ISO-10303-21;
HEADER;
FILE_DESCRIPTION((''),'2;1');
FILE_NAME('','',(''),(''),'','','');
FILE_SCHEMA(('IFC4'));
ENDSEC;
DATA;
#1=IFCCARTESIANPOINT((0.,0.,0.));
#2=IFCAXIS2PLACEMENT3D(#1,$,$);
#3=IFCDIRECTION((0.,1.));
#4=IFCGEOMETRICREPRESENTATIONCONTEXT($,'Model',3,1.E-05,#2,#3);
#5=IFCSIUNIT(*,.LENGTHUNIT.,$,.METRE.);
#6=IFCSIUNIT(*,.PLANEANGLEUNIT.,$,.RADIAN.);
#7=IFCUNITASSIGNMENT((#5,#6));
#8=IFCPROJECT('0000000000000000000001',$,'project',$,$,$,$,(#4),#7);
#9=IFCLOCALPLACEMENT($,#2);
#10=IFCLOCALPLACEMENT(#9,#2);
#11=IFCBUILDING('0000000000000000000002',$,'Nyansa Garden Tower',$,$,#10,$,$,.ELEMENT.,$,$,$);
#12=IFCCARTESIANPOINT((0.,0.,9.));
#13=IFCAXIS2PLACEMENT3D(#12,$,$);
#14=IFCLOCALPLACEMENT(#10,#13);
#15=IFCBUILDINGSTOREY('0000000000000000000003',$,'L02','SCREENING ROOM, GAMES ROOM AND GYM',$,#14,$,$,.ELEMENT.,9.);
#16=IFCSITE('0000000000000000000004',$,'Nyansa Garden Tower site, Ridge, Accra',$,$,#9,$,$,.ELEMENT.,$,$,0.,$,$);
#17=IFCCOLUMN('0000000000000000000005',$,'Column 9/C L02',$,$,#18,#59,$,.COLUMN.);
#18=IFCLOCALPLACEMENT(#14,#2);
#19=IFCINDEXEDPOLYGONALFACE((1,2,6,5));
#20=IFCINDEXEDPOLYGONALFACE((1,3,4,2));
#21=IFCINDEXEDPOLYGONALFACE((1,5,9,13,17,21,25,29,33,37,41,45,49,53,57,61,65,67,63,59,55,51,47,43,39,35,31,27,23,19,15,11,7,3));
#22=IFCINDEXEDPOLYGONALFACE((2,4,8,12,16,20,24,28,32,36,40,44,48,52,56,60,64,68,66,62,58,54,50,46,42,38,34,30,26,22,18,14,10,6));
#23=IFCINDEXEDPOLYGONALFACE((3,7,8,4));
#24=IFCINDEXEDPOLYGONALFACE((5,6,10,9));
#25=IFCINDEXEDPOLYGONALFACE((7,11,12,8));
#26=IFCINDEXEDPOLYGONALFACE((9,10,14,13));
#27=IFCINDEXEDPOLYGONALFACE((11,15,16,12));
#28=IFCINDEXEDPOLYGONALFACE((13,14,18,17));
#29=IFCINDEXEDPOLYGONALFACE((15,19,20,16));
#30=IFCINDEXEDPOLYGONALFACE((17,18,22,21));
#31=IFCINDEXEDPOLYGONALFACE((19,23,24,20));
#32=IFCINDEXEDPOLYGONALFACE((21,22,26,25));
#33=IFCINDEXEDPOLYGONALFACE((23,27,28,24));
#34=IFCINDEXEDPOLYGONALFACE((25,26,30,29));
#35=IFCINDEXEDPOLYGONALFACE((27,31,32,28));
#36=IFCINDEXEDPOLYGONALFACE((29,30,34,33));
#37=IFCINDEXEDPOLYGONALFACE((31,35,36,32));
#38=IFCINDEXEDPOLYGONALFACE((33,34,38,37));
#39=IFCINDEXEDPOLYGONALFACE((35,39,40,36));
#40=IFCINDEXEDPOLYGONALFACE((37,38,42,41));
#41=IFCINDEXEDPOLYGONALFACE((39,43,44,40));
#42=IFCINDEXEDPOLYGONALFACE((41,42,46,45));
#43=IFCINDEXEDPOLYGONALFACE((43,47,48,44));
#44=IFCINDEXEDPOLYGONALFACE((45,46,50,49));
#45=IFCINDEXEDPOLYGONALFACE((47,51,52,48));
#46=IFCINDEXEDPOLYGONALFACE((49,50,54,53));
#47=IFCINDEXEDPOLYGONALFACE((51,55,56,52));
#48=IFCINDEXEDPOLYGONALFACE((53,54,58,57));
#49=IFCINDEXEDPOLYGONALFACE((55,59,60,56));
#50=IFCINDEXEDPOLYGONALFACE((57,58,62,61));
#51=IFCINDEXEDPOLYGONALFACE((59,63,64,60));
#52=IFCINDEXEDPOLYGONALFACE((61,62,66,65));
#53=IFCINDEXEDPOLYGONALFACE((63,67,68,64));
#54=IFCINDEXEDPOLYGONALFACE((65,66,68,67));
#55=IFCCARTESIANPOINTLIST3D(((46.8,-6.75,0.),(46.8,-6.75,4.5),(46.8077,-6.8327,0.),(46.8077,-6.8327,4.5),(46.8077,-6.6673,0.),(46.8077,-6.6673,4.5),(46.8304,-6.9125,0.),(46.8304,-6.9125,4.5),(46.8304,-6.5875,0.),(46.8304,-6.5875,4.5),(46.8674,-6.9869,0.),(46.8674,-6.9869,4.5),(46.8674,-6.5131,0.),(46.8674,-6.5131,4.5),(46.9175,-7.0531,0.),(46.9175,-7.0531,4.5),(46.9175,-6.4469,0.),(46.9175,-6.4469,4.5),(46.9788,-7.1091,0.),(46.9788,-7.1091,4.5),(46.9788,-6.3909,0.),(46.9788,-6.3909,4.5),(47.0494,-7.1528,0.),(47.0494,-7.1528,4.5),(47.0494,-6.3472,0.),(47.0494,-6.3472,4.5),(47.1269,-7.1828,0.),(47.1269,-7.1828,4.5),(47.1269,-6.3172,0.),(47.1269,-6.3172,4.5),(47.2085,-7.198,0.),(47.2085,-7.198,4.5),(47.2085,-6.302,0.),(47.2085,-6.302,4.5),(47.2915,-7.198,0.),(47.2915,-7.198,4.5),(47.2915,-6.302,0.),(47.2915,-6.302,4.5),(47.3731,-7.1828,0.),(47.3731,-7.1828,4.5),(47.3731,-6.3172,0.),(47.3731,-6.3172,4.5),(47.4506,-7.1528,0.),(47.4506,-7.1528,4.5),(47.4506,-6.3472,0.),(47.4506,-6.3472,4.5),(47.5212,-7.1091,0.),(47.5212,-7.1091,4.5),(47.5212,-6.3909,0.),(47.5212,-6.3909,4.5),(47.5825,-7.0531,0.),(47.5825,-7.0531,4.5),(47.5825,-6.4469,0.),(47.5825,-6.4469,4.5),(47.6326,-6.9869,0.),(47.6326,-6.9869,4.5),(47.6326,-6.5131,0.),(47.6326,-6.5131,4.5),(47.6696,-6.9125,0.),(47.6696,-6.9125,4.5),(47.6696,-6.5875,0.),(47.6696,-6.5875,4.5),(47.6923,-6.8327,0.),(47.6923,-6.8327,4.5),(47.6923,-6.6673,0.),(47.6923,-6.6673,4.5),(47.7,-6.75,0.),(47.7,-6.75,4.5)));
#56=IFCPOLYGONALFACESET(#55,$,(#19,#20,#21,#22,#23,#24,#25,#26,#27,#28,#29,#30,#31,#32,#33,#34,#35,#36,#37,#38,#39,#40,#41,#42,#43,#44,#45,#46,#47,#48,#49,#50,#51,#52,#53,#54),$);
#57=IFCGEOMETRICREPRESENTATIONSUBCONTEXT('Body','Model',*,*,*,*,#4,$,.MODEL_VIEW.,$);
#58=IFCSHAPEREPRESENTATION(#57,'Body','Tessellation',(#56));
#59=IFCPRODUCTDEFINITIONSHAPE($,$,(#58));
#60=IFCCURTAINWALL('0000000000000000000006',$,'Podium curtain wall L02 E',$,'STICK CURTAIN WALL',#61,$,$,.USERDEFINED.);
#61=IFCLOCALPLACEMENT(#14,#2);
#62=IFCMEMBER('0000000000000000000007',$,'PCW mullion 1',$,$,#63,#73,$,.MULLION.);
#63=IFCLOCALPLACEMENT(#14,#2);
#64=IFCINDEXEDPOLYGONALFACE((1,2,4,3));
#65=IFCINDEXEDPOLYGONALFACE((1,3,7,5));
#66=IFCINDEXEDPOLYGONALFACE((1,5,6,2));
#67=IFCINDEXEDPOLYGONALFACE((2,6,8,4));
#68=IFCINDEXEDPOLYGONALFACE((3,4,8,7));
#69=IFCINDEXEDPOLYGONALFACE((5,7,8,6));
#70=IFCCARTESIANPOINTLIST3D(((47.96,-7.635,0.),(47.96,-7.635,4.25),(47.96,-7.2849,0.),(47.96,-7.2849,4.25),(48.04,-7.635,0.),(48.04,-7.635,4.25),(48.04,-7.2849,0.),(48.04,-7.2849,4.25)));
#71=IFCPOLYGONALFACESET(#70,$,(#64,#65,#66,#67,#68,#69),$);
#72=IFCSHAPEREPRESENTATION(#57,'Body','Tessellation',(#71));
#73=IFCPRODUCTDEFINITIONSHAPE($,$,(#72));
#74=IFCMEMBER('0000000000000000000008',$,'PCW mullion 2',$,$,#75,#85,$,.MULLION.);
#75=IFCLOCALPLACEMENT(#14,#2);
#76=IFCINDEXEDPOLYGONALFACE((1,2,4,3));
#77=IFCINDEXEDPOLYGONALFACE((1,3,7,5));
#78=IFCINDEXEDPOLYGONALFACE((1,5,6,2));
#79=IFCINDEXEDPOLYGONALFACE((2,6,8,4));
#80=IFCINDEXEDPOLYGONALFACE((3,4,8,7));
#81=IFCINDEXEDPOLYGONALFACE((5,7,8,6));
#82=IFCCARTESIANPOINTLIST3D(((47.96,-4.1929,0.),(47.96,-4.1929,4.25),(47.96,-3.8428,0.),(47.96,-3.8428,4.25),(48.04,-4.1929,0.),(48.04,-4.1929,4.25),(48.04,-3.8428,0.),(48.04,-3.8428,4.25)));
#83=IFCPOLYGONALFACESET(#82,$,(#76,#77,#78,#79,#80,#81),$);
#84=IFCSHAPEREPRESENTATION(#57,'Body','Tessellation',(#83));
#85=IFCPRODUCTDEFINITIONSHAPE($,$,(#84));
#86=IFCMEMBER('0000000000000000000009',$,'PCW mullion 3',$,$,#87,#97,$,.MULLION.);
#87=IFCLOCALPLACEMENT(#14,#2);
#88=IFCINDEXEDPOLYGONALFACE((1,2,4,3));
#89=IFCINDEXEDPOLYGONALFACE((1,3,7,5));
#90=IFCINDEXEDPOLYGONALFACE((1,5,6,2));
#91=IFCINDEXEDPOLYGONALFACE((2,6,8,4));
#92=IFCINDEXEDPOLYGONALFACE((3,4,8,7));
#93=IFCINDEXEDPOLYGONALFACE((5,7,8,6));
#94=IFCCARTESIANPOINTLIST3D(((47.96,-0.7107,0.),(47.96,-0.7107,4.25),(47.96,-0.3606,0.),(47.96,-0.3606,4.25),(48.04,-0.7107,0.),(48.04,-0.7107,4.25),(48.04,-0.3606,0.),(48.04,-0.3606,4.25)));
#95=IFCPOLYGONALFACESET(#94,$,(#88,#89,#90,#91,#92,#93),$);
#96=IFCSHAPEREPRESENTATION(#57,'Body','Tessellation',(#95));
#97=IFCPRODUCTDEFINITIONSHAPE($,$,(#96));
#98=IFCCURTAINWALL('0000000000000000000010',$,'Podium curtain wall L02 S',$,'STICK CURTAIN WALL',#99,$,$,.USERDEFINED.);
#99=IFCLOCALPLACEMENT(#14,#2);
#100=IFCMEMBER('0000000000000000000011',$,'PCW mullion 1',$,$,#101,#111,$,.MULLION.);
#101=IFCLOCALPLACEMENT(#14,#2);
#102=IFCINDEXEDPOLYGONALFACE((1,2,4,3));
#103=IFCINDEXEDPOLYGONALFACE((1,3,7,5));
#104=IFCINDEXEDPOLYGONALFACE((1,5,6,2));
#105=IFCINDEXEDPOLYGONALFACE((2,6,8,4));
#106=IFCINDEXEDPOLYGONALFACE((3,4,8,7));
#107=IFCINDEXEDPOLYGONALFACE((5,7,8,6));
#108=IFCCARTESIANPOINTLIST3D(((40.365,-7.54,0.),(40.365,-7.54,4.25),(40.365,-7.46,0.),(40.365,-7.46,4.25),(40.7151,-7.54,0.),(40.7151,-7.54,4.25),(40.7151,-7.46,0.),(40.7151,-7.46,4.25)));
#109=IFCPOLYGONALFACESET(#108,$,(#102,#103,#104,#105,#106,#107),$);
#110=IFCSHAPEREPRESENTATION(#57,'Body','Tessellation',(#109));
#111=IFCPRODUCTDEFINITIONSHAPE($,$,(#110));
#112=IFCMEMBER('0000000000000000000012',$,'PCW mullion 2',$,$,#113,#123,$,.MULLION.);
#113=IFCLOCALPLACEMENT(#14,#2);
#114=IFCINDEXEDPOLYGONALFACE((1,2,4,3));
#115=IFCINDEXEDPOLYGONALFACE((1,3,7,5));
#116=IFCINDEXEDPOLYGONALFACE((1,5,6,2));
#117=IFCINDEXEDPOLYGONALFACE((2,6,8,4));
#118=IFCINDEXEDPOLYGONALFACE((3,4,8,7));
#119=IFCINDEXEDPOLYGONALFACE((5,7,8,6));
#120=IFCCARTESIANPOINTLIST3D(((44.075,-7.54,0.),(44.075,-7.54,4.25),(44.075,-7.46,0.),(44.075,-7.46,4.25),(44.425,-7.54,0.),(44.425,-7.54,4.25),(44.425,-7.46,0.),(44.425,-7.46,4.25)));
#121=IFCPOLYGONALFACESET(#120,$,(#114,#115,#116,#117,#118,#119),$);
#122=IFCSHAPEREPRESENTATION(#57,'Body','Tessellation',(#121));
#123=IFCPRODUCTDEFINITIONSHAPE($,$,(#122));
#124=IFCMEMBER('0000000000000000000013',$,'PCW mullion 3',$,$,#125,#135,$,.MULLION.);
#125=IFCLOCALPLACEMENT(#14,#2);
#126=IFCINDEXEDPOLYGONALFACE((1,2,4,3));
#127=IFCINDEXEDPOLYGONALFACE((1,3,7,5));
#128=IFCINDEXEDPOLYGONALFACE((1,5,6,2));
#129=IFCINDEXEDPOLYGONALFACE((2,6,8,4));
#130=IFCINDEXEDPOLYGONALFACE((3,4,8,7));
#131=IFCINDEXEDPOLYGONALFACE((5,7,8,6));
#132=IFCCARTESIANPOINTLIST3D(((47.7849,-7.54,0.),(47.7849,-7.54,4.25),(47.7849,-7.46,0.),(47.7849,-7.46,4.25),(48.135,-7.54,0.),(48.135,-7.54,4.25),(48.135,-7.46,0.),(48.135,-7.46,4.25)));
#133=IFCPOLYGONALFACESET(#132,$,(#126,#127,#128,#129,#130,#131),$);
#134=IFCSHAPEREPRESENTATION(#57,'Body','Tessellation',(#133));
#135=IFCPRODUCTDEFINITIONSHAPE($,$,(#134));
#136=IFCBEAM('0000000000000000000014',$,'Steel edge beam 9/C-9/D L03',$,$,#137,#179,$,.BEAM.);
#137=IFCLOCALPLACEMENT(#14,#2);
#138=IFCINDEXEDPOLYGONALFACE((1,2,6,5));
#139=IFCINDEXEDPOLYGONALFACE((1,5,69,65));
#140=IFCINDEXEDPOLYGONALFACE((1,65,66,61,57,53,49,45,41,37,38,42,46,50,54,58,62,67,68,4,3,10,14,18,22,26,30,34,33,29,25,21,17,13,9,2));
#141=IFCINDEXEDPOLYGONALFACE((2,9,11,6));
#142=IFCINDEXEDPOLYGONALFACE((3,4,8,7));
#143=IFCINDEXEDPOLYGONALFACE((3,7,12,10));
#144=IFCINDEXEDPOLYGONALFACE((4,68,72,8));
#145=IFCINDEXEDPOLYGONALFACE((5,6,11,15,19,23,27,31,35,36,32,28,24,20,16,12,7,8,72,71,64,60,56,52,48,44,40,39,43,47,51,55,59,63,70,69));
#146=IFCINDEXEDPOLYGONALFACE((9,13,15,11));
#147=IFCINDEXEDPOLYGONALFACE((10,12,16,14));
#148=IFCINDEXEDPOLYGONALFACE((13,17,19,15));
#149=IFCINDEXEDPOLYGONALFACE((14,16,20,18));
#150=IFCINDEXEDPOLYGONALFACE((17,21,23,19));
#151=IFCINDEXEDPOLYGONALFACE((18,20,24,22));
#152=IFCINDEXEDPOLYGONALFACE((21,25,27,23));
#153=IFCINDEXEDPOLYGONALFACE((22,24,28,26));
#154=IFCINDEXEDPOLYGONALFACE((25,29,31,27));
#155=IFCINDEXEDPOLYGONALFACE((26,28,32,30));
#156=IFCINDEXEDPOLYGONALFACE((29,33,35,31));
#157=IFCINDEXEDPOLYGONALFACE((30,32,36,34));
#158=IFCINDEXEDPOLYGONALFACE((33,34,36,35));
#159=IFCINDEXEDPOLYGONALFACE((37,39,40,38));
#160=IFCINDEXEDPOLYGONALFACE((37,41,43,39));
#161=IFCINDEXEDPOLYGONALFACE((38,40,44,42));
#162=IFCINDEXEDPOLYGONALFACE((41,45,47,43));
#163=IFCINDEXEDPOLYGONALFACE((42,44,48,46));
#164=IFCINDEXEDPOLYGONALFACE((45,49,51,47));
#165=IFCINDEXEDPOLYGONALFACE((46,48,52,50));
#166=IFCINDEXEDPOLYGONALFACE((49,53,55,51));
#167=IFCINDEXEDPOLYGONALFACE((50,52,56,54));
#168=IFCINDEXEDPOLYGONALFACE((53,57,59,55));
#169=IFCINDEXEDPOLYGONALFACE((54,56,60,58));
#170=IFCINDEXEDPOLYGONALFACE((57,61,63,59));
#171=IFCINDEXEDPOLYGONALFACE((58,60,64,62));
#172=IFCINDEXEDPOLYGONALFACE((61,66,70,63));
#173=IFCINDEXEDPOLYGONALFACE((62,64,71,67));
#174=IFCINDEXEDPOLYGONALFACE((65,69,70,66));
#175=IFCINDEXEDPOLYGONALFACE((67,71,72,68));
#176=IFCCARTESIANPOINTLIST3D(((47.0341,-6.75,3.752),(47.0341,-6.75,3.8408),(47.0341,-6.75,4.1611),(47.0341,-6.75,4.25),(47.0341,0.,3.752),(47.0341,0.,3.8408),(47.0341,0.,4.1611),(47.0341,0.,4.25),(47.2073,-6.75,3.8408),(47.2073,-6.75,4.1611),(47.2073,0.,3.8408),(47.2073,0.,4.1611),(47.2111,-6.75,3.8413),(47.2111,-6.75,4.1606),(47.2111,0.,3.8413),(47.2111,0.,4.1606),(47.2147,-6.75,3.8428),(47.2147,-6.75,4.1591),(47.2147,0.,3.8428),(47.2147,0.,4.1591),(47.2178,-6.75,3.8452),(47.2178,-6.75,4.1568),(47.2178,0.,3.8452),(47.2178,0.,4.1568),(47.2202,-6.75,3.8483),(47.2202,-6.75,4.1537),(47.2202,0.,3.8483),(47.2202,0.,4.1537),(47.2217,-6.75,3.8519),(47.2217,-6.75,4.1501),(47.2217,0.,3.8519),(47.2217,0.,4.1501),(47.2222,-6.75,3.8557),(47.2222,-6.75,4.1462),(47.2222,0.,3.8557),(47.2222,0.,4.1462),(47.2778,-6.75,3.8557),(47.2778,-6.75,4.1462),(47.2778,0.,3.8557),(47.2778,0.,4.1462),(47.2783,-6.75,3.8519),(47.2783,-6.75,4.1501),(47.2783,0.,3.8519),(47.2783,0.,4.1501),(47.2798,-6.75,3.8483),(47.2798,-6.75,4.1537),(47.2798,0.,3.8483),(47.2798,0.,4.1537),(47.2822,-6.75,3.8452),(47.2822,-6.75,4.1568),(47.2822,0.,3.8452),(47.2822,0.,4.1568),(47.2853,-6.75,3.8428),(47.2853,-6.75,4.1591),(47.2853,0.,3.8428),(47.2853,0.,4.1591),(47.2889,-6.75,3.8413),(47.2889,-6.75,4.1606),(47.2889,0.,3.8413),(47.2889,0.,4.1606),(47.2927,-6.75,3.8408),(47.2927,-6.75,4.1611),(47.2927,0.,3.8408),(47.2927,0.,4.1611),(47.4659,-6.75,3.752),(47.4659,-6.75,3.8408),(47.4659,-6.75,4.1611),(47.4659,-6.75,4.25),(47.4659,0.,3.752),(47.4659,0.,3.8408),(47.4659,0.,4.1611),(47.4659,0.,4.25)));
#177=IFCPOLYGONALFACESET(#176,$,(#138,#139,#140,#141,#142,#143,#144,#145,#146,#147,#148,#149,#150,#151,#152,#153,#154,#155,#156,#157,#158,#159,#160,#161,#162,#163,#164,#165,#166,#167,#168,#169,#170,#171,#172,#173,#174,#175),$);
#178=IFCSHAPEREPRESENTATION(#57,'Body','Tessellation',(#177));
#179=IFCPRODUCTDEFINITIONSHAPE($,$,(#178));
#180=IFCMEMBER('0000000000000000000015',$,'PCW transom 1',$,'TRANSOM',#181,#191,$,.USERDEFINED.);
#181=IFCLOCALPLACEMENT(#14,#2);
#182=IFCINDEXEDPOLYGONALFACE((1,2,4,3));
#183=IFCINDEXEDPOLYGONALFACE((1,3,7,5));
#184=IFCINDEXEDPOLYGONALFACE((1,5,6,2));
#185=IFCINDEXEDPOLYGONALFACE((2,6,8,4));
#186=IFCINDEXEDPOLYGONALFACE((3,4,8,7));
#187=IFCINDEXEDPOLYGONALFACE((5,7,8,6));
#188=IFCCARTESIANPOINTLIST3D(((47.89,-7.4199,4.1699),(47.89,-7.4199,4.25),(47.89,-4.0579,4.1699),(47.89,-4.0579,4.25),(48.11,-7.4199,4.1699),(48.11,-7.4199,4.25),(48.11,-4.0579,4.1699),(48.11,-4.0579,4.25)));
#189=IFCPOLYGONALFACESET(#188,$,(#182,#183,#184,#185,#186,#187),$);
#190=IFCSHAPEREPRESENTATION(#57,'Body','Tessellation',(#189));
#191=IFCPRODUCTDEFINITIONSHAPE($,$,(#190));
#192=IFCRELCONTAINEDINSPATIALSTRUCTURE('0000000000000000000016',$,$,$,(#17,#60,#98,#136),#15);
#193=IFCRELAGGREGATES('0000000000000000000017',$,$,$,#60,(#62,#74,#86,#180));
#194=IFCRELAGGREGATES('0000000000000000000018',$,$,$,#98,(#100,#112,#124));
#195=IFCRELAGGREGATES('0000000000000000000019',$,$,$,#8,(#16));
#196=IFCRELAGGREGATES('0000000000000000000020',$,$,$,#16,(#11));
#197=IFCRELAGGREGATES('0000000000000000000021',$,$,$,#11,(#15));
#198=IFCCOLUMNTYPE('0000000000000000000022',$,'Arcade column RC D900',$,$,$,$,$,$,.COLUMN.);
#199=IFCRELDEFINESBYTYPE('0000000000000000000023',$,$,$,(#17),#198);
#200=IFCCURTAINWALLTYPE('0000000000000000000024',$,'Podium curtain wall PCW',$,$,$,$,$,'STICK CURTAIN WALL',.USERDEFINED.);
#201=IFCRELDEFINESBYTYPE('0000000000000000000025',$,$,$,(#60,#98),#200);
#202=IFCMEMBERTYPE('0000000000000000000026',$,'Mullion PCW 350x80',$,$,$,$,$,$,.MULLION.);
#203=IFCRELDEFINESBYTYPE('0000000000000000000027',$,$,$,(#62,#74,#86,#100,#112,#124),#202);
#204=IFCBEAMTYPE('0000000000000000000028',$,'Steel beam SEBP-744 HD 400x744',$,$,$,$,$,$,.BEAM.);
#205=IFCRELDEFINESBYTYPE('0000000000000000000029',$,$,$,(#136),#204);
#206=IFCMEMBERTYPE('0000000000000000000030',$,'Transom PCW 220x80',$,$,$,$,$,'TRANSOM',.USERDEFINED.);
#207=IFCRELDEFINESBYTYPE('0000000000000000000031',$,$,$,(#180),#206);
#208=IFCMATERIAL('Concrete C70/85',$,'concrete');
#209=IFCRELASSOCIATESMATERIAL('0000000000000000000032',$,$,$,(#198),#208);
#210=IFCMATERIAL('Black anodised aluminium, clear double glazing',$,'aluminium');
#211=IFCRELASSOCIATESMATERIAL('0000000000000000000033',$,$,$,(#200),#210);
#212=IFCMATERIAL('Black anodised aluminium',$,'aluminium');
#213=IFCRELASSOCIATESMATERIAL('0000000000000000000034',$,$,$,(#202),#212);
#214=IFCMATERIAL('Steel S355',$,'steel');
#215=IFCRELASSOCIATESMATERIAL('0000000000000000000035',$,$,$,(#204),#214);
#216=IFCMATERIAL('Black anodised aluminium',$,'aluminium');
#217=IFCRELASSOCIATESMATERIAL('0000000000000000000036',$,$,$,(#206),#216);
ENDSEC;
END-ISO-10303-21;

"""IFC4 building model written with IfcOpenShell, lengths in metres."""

from ifc_helpers import new_model, si_unit, direction, frame, origin, origin_2d, place, context, subcontext, project, spatial, rectangle, circle, i_section, extrude, material, material_profile, profile_set, type_object, element, aggregate, save


model = new_model("IFC4")

# Units and contexts
model_context = context("Model", 3, precision=1e-05, world=origin(), true_north=direction((0.0, 1.0)))
body_context = subcontext(model_context, "Body", "Model", "MODEL_VIEW")
ifc_project = project(units=[si_unit("LENGTHUNIT", "METRE"), si_unit("PLANEANGLEUNIT", "RADIAN")], contexts=[model_context])

# Site, building, storey
site_placement = place(None, origin())
site = spatial("IfcSite", under=ifc_project, at=site_placement, Name="Nyansa Garden Tower site, Ridge, Accra", CompositionType="ELEMENT", RefElevation=0.0)
building_placement = place(site_placement, origin())
building = spatial("IfcBuilding", under=site, at=building_placement, Name="Nyansa Garden Tower", CompositionType="ELEMENT")
storey_placement = place(building_placement, frame((0.0, 0.0, 9.0)))
storey = spatial("IfcBuildingStorey", under=building, at=storey_placement, Name="L02", Description="SCREENING ROOM, GAMES ROOM AND GYM", CompositionType="ELEMENT", Elevation=9.0)

# Column
ifc_material_1 = material(Name="Concrete C70/85", Category="concrete")
ifc_material_profile_1 = material_profile(ifc_material_1, circle(Radius=0.45, at=origin_2d()), Name="RC D900")
ifc_profile_set_1 = profile_set([ifc_material_profile_1], Name="Concrete C70/85")
column_type = type_object("IfcColumnType", Name="Arcade column RC D900", PredefinedType="COLUMN", material=ifc_profile_set_1)
column_placement = place(storey_placement, frame((47.25, -6.75, 0.0), z_axis=(0.0, 0.0, 1.0), x_axis=(1.0, 0.0, 0.0)))
element("IfcColumn", 1, at=column_placement, inside=storey, type_object=column_type, Name="Column 9/C L02", PredefinedType="COLUMN", context=body_context, shape_type="SweptSolid", body=[
    extrude(circle(Radius=0.45, at=origin_2d()), origin(), (0.0, 0.0, 1.0), 4.5),
])

# Curtain walls, members
ifc_material_2 = material(Name="Black anodised aluminium, clear double glazing", Category="aluminium")
curtain_wall_type = type_object("IfcCurtainWallType", Name="Podium curtain wall PCW", ElementType="STICK CURTAIN WALL", PredefinedType="USERDEFINED", material=ifc_material_2)
curtain_wall_1_placement = place(storey_placement, origin())
curtain_wall_1 = element("IfcCurtainWall", 2, at=curtain_wall_1_placement, inside=storey, type_object=curtain_wall_type, Name="Podium curtain wall L02 E", ObjectType="STICK CURTAIN WALL", PredefinedType="USERDEFINED")
ifc_material_3 = material(Name="Black anodised aluminium", Category="aluminium")
ifc_material_profile_2 = material_profile(ifc_material_3, rectangle(XDim=0.0801, YDim=0.3501, at=origin_2d()), Name="Mullion 350x80")
ifc_profile_set_2 = profile_set([ifc_material_profile_2], Name="Black anodised aluminium")
member_type_1 = type_object("IfcMemberType", Name="Mullion PCW 350x80", PredefinedType="MULLION", material=ifc_profile_set_2)
member_1_placement = place(storey_placement, frame((48.0, -7.46, 0.0), z_axis=(0.0, 0.0, 1.0), x_axis=(-1.0, 0.0, 0.0)))
member_1 = element("IfcMember", 3, at=member_1_placement, type_object=member_type_1, Name="PCW mullion 1", PredefinedType="MULLION", context=body_context, shape_type="SweptSolid", body=[
    extrude(rectangle(XDim=0.0801, YDim=0.3501, at=origin_2d()), origin(), (0.0, 0.0, 1.0), 4.25),
])
member_2_placement = place(storey_placement, frame((48.0, -4.0178, 0.0), z_axis=(0.0, 0.0, 1.0), x_axis=(-1.0, 0.0, 0.0)))
member_2 = element("IfcMember", 4, at=member_2_placement, type_object=member_type_1, Name="PCW mullion 2", PredefinedType="MULLION", context=body_context, shape_type="SweptSolid", body=[
    extrude(rectangle(XDim=0.0801, YDim=0.3501, at=origin_2d()), origin(), (0.0, 0.0, 1.0), 4.25),
])
member_3_placement = place(storey_placement, frame((48.0, -0.5356, 0.0), z_axis=(0.0, 0.0, 1.0), x_axis=(-1.0, 0.0, 0.0)))
member_3 = element("IfcMember", 5, at=member_3_placement, type_object=member_type_1, Name="PCW mullion 3", PredefinedType="MULLION", context=body_context, shape_type="SweptSolid", body=[
    extrude(rectangle(XDim=0.0801, YDim=0.3501, at=origin_2d()), origin(), (0.0, 0.0, 1.0), 4.25),
])
curtain_wall_2_placement = place(storey_placement, origin())
curtain_wall_2 = element("IfcCurtainWall", 6, at=curtain_wall_2_placement, inside=storey, type_object=curtain_wall_type, Name="Podium curtain wall L02 S", ObjectType="STICK CURTAIN WALL", PredefinedType="USERDEFINED")
member_4_placement = place(storey_placement, frame((40.54, -7.5, 0.0), z_axis=(0.0, 0.0, 1.0), x_axis=(0.0, 1.0, 0.0)))
member_4 = element("IfcMember", 7, at=member_4_placement, type_object=member_type_1, Name="PCW mullion 1", PredefinedType="MULLION", context=body_context, shape_type="SweptSolid", body=[
    extrude(rectangle(XDim=0.0801, YDim=0.3501, at=origin_2d()), origin(), (0.0, 0.0, 1.0), 4.25),
])
member_5_placement = place(storey_placement, frame((44.25, -7.5, 0.0), z_axis=(0.0, 0.0, 1.0), x_axis=(0.0, 1.0, 0.0)))
member_5 = element("IfcMember", 8, at=member_5_placement, type_object=member_type_1, Name="PCW mullion 2", PredefinedType="MULLION", context=body_context, shape_type="SweptSolid", body=[
    extrude(rectangle(XDim=0.0801, YDim=0.3501, at=origin_2d()), origin(), (0.0, 0.0, 1.0), 4.25),
])
member_6_placement = place(storey_placement, frame((47.96, -7.5, 0.0), z_axis=(0.0, 0.0, 1.0), x_axis=(0.0, 1.0, 0.0)))
member_6 = element("IfcMember", 9, at=member_6_placement, type_object=member_type_1, Name="PCW mullion 3", PredefinedType="MULLION", context=body_context, shape_type="SweptSolid", body=[
    extrude(rectangle(XDim=0.0801, YDim=0.3501, at=origin_2d()), origin(), (0.0, 0.0, 1.0), 4.25),
])

# Beam
ifc_material_4 = material(Name="Steel S355", Category="steel")
ifc_material_profile_3 = material_profile(ifc_material_4, i_section(OverallWidth=0.4319, OverallDepth=0.498, WebThickness=0.0557, FlangeThickness=0.0889, FilletRadius=0.0149, at=origin_2d()), Name="HD 400x744")
ifc_profile_set_3 = profile_set([ifc_material_profile_3], Name="Steel S355")
beam_type = type_object("IfcBeamType", Name="Steel beam SEBP-744 HD 400x744", PredefinedType="BEAM", material=ifc_profile_set_3)
beam_placement = place(storey_placement, frame((47.25, -6.75, 4.001), z_axis=(0.0, 1.0, 0.0), x_axis=(-1.0, 0.0, 0.0)))
element("IfcBeam", 10, at=beam_placement, inside=storey, type_object=beam_type, Name="Steel edge beam 9/C-9/D L03", PredefinedType="BEAM", context=body_context, shape_type="SweptSolid", body=[
    extrude(i_section(OverallWidth=0.4319, OverallDepth=0.498, WebThickness=0.0557, FlangeThickness=0.0889, FilletRadius=0.0149, at=origin_2d()), origin(), (0.0, 0.0, 1.0), 6.75),
])

# Member
ifc_material_5 = material(Name="Black anodised aluminium", Category="aluminium")
ifc_material_profile_4 = material_profile(ifc_material_5, rectangle(XDim=0.22, YDim=0.0801, at=origin_2d()), Name="Transom 220x80")
ifc_profile_set_4 = profile_set([ifc_material_profile_4], Name="Black anodised aluminium")
member_type_2 = type_object("IfcMemberType", Name="Transom PCW 220x80", ElementType="TRANSOM", PredefinedType="USERDEFINED", material=ifc_profile_set_4)
member_7_placement = place(storey_placement, frame((48.0, -7.4199, 4.21), z_axis=(0.0, 1.0, 0.0), x_axis=(-1.0, 0.0, 0.0)))
member_7 = element("IfcMember", 11, at=member_7_placement, type_object=member_type_2, Name="PCW transom 1", ObjectType="TRANSOM", PredefinedType="USERDEFINED", context=body_context, shape_type="SweptSolid", body=[
    extrude(rectangle(XDim=0.22, YDim=0.0801, at=origin_2d()), origin(), (0.0, 0.0, 1.0), 3.3621),
])

aggregate(curtain_wall_1, [member_1, member_2, member_3, member_7])
aggregate(curtain_wall_2, [member_4, member_5, member_6])

save(model, "model.ifc")
